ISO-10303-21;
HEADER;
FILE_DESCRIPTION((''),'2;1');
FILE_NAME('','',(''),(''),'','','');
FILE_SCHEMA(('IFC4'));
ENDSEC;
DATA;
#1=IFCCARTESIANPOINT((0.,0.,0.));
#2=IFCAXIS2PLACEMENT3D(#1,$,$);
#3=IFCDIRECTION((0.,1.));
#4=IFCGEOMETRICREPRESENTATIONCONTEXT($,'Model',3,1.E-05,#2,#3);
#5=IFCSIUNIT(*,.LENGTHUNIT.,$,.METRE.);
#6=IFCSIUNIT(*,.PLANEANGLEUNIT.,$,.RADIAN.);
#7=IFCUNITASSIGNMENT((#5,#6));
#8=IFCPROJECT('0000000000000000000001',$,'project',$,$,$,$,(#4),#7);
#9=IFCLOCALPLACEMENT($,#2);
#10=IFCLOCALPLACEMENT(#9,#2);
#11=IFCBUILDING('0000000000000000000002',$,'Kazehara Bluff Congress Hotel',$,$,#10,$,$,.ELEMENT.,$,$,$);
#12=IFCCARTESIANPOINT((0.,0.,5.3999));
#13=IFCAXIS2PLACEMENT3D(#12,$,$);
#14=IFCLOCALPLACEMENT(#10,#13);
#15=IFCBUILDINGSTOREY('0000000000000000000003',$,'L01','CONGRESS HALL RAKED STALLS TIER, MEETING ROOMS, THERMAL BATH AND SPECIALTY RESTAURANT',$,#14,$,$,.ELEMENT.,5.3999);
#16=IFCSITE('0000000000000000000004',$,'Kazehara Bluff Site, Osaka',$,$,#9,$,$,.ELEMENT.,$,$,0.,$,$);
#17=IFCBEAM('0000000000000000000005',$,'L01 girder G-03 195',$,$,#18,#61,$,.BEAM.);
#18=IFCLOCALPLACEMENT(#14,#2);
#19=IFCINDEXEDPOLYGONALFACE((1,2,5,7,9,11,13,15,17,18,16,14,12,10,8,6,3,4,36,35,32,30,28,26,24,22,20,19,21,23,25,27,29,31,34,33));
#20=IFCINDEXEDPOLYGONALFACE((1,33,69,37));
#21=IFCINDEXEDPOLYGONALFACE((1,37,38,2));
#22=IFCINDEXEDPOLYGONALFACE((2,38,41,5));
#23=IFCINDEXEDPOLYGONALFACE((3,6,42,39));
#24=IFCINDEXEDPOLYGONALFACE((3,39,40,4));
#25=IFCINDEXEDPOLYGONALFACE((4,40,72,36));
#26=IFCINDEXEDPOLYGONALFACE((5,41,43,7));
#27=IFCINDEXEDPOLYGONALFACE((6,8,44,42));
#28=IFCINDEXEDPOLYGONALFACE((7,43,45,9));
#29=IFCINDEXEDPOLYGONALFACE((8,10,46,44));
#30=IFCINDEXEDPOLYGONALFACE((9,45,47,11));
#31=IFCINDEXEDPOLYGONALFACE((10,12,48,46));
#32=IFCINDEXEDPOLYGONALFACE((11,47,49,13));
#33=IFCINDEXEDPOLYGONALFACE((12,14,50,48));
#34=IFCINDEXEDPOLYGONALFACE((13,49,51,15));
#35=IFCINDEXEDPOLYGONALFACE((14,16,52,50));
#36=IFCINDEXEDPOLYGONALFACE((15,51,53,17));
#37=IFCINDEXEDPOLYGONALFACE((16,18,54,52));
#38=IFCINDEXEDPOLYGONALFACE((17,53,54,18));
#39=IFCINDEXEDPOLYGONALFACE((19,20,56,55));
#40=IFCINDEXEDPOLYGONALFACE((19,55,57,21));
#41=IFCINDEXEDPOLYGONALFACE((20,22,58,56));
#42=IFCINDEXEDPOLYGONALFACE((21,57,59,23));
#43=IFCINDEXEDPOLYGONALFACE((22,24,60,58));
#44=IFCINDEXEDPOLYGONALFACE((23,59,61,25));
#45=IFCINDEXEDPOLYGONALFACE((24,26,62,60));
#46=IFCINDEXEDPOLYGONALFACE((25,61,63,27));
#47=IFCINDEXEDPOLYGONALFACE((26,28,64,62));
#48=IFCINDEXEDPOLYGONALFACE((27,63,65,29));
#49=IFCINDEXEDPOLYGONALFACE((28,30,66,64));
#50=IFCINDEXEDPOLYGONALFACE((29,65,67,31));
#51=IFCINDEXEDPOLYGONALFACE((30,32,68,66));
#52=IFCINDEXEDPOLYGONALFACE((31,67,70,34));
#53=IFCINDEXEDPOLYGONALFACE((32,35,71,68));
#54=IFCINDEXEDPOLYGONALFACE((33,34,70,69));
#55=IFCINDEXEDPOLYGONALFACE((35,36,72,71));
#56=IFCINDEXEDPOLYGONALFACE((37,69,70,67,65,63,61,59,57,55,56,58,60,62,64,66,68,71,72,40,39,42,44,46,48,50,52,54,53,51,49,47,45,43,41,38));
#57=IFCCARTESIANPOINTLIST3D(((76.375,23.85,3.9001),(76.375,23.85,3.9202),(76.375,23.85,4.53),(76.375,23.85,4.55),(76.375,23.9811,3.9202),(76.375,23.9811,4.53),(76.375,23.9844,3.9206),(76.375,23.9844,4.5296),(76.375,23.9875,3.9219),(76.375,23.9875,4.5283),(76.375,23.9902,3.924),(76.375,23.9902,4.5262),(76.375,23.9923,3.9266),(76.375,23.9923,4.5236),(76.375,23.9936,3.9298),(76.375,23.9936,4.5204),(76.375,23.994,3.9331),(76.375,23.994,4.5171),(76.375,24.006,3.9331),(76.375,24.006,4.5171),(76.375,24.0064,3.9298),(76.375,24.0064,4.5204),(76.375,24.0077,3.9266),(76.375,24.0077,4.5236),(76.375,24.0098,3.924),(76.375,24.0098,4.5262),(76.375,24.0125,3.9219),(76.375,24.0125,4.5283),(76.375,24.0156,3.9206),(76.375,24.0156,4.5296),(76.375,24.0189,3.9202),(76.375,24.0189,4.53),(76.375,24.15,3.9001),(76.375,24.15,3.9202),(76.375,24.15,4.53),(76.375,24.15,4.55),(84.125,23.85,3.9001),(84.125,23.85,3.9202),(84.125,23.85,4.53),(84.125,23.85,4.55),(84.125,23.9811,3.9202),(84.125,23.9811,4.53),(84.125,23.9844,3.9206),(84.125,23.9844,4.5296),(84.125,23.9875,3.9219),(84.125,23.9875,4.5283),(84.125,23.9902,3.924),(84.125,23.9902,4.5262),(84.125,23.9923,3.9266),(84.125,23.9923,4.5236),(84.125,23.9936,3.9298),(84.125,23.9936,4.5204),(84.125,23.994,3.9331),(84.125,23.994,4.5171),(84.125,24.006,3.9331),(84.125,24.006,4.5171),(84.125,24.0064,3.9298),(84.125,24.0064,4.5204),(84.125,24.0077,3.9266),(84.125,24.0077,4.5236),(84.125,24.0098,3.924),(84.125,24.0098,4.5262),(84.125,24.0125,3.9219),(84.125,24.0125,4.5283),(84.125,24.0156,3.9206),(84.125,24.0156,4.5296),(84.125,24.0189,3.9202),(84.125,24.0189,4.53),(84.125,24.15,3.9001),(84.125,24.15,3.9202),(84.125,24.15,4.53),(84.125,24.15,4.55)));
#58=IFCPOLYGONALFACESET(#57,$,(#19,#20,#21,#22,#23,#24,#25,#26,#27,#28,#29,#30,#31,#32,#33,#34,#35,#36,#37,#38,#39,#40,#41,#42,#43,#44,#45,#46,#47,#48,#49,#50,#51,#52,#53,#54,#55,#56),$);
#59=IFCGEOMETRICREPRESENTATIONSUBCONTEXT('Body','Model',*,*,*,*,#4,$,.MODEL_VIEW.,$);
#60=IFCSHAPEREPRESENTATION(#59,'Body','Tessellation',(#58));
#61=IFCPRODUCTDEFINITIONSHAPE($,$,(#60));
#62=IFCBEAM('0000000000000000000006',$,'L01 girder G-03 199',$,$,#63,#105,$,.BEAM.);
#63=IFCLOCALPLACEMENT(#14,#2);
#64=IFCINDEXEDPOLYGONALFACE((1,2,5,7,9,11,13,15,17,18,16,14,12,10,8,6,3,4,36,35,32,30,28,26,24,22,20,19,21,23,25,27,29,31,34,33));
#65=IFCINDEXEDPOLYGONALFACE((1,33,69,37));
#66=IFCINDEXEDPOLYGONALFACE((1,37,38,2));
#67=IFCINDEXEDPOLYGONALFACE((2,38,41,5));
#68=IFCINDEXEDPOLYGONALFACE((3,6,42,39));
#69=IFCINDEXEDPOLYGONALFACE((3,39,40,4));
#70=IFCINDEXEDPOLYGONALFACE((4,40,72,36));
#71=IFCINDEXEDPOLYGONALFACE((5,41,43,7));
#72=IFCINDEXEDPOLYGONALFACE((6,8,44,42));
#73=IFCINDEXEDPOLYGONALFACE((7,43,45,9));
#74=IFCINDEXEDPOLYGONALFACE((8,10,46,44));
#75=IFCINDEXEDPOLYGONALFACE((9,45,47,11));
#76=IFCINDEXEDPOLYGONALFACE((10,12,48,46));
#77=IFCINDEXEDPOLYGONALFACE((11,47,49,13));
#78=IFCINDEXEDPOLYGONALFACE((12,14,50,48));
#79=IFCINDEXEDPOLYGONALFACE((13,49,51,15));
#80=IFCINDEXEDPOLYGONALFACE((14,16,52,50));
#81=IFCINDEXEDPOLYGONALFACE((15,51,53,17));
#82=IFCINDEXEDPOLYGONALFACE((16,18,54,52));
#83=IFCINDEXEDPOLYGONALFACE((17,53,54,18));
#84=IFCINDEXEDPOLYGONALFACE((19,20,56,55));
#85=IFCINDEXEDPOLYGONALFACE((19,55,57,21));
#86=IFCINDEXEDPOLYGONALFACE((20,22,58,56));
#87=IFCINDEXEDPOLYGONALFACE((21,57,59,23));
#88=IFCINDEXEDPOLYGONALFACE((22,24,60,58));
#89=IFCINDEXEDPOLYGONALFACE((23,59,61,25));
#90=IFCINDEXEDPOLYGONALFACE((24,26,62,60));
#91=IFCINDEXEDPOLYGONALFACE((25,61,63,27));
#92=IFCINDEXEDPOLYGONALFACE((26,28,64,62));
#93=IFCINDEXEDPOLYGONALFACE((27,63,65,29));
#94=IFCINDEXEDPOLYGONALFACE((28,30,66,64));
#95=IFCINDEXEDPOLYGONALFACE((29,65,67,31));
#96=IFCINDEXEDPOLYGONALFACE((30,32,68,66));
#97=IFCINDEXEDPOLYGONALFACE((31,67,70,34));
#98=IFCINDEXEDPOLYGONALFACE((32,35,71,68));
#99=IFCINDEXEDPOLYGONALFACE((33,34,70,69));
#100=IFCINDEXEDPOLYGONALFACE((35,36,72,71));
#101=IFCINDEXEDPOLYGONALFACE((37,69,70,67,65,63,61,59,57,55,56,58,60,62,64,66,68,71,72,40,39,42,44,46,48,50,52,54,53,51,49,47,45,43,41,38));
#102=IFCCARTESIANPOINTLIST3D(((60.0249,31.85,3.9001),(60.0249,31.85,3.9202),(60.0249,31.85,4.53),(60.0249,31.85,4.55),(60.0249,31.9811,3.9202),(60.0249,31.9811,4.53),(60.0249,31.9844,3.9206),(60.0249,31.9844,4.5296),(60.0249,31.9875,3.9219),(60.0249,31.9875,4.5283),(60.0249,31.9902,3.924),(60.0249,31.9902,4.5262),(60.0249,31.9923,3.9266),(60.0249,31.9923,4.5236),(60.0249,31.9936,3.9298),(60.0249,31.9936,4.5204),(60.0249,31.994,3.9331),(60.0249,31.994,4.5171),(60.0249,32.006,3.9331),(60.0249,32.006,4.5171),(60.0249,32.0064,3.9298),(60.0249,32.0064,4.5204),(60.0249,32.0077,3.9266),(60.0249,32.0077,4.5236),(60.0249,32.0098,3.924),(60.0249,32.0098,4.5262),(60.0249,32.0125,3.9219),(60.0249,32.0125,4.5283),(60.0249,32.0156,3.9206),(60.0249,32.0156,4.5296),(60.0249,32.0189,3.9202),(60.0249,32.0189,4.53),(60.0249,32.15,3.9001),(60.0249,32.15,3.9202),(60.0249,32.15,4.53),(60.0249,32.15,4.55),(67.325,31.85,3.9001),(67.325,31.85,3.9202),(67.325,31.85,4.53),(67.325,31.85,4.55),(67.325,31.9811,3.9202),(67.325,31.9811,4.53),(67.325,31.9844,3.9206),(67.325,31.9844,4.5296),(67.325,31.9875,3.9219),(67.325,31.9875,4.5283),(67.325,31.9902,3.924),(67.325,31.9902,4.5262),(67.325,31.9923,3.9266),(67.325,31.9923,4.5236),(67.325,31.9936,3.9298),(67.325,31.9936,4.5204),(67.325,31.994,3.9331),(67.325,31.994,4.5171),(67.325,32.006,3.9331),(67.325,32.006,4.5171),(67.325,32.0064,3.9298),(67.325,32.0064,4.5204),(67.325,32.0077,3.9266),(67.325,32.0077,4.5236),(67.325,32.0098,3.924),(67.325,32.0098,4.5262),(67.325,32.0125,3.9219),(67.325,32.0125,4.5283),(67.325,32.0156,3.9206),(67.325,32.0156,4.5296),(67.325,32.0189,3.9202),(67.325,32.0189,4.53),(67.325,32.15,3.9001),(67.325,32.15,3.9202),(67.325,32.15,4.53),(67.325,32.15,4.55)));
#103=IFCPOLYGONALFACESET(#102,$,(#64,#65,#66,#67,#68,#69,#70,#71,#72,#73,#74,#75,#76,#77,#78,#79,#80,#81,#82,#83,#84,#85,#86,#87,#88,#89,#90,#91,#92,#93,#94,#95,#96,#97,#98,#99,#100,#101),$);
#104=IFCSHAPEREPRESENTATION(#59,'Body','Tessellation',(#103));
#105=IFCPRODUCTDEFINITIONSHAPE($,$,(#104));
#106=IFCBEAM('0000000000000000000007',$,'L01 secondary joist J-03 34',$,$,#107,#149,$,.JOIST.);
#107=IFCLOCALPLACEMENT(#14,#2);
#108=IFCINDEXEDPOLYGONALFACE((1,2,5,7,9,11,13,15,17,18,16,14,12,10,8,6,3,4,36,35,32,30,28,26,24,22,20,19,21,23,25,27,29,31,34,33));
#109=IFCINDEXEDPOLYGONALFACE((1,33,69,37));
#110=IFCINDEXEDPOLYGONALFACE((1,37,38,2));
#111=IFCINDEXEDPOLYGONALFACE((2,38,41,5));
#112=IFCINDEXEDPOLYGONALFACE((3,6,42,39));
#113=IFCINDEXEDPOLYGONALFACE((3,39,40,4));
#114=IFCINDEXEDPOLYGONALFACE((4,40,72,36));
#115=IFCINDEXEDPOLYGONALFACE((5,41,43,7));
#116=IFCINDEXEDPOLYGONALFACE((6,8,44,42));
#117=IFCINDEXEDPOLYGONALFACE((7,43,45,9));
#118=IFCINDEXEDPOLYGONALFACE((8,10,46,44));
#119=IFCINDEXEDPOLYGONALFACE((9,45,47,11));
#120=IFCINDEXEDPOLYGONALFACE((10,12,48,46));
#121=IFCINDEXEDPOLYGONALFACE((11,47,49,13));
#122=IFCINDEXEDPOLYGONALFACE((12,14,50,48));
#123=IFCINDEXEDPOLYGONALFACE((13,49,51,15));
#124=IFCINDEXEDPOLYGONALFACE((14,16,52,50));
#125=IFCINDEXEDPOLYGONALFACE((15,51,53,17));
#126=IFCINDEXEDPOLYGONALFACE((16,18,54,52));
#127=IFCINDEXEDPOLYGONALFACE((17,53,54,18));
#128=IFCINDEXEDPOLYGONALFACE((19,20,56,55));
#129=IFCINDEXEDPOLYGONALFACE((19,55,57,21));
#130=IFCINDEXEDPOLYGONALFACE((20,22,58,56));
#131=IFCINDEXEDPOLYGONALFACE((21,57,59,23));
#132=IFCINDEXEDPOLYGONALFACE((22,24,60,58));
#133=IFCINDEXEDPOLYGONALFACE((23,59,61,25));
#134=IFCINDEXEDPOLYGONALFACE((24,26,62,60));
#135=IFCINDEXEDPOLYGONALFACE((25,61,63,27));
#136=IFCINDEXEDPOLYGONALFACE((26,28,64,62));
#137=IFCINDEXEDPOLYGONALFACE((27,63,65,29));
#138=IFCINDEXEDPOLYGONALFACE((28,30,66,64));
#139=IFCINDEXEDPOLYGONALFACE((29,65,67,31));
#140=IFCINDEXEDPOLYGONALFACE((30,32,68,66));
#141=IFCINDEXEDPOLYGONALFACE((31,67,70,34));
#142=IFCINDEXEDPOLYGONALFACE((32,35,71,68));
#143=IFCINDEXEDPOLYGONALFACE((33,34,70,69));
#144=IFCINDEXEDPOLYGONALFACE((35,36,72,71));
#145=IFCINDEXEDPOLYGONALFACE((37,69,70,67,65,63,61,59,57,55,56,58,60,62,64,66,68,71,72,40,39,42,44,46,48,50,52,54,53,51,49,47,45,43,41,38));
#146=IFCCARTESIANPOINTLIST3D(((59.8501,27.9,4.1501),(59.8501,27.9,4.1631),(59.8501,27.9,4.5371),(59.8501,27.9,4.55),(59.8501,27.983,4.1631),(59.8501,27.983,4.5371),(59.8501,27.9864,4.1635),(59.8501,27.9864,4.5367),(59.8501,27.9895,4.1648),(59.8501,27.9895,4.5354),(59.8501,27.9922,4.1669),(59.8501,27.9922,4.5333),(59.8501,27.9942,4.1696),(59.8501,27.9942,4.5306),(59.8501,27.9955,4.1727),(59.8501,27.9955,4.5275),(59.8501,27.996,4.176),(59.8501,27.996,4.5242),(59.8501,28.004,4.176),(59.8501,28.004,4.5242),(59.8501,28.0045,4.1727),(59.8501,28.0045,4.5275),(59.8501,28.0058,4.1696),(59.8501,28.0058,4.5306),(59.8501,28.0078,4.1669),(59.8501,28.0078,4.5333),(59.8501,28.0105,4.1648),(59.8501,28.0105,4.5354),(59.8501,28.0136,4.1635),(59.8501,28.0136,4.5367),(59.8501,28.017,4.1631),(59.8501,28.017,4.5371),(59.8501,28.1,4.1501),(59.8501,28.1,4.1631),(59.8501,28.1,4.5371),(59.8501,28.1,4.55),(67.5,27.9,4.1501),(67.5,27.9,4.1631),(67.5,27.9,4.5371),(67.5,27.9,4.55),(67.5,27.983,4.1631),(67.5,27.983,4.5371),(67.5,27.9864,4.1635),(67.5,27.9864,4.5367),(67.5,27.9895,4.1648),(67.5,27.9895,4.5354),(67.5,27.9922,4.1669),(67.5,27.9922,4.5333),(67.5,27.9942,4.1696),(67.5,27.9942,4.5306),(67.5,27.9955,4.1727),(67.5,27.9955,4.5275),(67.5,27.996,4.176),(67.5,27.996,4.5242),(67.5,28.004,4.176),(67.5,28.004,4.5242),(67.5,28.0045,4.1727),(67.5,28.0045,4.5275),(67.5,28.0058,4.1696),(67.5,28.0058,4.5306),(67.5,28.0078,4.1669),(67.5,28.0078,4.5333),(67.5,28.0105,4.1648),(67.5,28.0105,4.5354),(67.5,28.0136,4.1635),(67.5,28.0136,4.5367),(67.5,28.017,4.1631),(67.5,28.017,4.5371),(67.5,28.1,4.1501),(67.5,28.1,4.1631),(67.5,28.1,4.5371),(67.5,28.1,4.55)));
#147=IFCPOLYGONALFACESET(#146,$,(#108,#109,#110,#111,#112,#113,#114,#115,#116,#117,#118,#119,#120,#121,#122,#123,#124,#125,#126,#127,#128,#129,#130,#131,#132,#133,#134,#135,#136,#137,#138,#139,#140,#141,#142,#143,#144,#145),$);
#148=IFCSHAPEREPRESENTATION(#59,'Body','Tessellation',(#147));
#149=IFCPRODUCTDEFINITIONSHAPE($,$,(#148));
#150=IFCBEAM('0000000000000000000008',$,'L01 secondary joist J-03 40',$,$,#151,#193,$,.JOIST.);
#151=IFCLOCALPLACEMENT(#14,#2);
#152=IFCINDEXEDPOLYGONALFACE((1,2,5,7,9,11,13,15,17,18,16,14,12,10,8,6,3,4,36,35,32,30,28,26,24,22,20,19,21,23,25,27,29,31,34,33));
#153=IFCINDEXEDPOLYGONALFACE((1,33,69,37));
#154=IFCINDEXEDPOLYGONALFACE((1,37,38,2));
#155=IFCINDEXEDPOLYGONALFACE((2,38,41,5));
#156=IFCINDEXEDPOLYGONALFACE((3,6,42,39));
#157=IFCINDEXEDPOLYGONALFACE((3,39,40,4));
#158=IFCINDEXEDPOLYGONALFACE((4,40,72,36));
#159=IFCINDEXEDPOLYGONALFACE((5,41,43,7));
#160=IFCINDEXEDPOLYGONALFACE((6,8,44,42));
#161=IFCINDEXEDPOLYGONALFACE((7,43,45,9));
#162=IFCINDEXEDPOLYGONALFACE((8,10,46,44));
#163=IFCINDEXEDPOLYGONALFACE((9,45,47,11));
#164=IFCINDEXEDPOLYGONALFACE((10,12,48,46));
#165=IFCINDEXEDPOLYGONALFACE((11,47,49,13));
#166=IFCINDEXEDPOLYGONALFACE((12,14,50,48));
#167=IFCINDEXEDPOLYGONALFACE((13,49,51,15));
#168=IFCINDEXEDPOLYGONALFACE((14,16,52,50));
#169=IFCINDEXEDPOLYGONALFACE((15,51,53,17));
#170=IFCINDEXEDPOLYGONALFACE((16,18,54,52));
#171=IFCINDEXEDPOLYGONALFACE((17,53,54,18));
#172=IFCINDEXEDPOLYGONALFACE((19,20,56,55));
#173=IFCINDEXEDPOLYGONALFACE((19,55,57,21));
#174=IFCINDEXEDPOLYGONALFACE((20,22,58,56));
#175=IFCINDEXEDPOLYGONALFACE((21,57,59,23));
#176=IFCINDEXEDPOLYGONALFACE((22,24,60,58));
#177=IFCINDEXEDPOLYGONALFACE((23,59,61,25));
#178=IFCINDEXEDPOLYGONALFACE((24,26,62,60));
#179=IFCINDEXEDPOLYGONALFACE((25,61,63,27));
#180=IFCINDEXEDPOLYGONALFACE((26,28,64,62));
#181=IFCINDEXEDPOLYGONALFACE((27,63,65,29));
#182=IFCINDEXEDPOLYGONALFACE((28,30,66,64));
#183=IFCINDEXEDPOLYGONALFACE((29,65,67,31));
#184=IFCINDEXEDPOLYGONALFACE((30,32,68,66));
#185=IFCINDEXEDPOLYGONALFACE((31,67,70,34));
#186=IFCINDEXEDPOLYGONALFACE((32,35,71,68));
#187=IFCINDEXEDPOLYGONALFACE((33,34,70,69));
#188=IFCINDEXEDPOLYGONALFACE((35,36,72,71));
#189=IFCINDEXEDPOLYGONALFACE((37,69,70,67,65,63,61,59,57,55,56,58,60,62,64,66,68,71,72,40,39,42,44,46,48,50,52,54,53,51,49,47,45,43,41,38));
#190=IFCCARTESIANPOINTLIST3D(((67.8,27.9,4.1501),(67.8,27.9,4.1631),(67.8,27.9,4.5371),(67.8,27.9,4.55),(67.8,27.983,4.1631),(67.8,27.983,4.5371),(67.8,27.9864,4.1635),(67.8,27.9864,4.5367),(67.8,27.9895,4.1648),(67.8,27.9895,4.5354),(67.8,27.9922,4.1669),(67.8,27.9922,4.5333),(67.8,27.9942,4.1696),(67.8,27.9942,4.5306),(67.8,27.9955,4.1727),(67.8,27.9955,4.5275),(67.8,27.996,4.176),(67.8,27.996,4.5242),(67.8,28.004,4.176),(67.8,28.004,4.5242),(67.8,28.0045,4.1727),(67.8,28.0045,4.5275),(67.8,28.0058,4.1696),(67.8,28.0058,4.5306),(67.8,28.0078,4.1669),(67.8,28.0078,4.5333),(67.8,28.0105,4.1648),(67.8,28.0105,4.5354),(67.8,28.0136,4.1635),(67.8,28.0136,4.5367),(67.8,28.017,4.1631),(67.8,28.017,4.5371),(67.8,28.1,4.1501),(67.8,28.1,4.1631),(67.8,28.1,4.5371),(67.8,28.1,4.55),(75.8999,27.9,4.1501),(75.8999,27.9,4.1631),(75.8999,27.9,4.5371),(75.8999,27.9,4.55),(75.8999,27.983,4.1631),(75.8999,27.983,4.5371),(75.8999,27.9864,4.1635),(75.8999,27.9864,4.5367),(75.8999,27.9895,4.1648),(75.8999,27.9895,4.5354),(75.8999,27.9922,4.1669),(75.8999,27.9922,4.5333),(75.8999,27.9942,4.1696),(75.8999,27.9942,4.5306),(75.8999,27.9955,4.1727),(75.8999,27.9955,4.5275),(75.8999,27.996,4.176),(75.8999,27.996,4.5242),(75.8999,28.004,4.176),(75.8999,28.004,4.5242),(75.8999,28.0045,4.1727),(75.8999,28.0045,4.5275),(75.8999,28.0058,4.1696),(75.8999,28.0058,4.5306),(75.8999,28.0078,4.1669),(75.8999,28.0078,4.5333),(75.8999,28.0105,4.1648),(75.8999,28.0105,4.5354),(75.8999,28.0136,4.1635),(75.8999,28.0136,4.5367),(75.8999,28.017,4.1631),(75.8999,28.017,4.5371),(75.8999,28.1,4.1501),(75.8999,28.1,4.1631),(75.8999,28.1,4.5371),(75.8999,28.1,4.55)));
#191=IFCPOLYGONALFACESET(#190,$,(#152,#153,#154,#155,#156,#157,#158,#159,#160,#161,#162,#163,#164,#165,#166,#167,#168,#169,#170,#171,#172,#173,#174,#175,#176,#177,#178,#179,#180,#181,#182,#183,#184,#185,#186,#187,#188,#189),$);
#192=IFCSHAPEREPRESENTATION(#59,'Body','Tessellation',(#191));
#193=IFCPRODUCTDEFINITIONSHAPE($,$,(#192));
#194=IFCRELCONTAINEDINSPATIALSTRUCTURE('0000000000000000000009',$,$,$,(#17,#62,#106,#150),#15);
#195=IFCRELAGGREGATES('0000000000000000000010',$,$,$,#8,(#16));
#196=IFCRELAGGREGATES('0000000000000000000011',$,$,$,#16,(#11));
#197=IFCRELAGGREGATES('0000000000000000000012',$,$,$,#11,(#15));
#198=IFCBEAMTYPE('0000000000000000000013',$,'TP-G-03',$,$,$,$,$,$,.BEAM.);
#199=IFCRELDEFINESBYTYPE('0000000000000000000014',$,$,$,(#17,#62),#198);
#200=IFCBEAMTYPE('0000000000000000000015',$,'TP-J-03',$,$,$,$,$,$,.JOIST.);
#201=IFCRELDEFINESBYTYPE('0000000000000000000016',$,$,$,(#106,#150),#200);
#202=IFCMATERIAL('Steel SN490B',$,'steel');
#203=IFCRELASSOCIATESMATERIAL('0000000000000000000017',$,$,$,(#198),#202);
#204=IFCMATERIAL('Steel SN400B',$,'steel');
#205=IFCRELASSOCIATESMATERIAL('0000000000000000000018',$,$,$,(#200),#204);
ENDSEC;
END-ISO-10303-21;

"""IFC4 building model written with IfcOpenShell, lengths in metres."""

from ifc_helpers import new_model, si_unit, direction, frame, origin, origin_2d, place, context, subcontext, project, spatial, i_section, extrude, material, material_profile, profile_set, type_object, element, save


model = new_model("IFC4")

# Units and contexts
model_context = context("Model", 3, precision=1e-05, world=origin(), true_north=direction((0.0, 1.0)))
body_context = subcontext(model_context, "Body", "Model", "MODEL_VIEW")
ifc_project = project(units=[si_unit("LENGTHUNIT", "METRE"), si_unit("PLANEANGLEUNIT", "RADIAN")], contexts=[model_context])

# Site, building, storey
site_placement = place(None, origin())
site = spatial("IfcSite", under=ifc_project, at=site_placement, Name="Kazehara Bluff Site, Osaka", CompositionType="ELEMENT", RefElevation=0.0)
building_placement = place(site_placement, origin())
building = spatial("IfcBuilding", under=site, at=building_placement, Name="Kazehara Bluff Congress Hotel", CompositionType="ELEMENT")
storey_placement = place(building_placement, frame((0.0, 0.0, 5.3999)))
storey = spatial("IfcBuildingStorey", under=building, at=storey_placement, Name="L01", Description="CONGRESS HALL RAKED STALLS TIER, MEETING ROOMS, THERMAL BATH AND SPECIALTY RESTAURANT", CompositionType="ELEMENT", Elevation=5.3999)

# Beams
ifc_material_1 = material(Name="Steel SN490B", Category="steel")
ifc_material_profile_1 = material_profile(ifc_material_1, i_section(OverallWidth=0.3, OverallDepth=0.6499, WebThickness=0.012, FlangeThickness=0.02, FilletRadius=0.0129, at=origin_2d()))
ifc_profile_set_1 = profile_set([ifc_material_profile_1], Name="Steel SN490B")
beam_type_1 = type_object("IfcBeamType", Name="TP-G-03", PredefinedType="BEAM", material=ifc_profile_set_1)
for number, where, z_axis, x_axis, name in (
    (1, (76.375, 24.0, 4.2251), (1.0, 0.0, 0.0), (0.0, 1.0, 0.0), "L01 girder G-03 195"),
):
    element("IfcBeam", number, at=place(storey_placement, frame(where, z_axis=z_axis, x_axis=x_axis)), inside=storey, type_object=beam_type_1, Name=name, PredefinedType="BEAM", context=body_context, shape_type="SweptSolid", body=[
        extrude(i_section(OverallWidth=0.3, OverallDepth=0.6499, WebThickness=0.012, FlangeThickness=0.02, FilletRadius=0.0129, at=origin_2d()), origin(), (0.0, 0.0, 1.0), 7.75),
    ])
beam_1_placement = place(storey_placement, frame((60.0249, 32.0, 4.2251), z_axis=(1.0, 0.0, 0.0), x_axis=(0.0, 1.0, 0.0)))
element("IfcBeam", 2, at=beam_1_placement, inside=storey, type_object=beam_type_1, Name="L01 girder G-03 199", PredefinedType="BEAM", context=body_context, shape_type="SweptSolid", body=[
    extrude(i_section(OverallWidth=0.3, OverallDepth=0.6499, WebThickness=0.012, FlangeThickness=0.02, FilletRadius=0.0129, at=origin_2d()), origin(), (0.0, 0.0, 1.0), 7.3),
])
ifc_material_2 = material(Name="Steel SN400B", Category="steel")
ifc_material_profile_2 = material_profile(ifc_material_2, i_section(OverallWidth=0.2, OverallDepth=0.3999, WebThickness=0.0081, FlangeThickness=0.0129, FilletRadius=0.0129, at=origin_2d()))
ifc_profile_set_2 = profile_set([ifc_material_profile_2], Name="Steel SN400B")
beam_type_2 = type_object("IfcBeamType", Name="TP-J-03", PredefinedType="JOIST", material=ifc_profile_set_2)
beam_2_placement = place(storey_placement, frame((59.8501, 28.0, 4.3501), z_axis=(1.0, 0.0, 0.0), x_axis=(0.0, 1.0, 0.0)))
element("IfcBeam", 3, at=beam_2_placement, inside=storey, type_object=beam_type_2, Name="L01 secondary joist J-03 34", PredefinedType="JOIST", context=body_context, shape_type="SweptSolid", body=[
    extrude(i_section(OverallWidth=0.2, OverallDepth=0.3999, WebThickness=0.0081, FlangeThickness=0.0129, FilletRadius=0.0129, at=origin_2d()), origin(), (0.0, 0.0, 1.0), 7.6499),
])
beam_3_placement = place(storey_placement, frame((67.8, 28.0, 4.3501), z_axis=(1.0, 0.0, 0.0), x_axis=(0.0, 1.0, 0.0)))
element("IfcBeam", 4, at=beam_3_placement, inside=storey, type_object=beam_type_2, Name="L01 secondary joist J-03 40", PredefinedType="JOIST", context=body_context, shape_type="SweptSolid", body=[
    extrude(i_section(OverallWidth=0.2, OverallDepth=0.3999, WebThickness=0.0081, FlangeThickness=0.0129, FilletRadius=0.0129, at=origin_2d()), origin(), (0.0, 0.0, 1.0), 8.0999),
])

save(model, "model.ifc")
